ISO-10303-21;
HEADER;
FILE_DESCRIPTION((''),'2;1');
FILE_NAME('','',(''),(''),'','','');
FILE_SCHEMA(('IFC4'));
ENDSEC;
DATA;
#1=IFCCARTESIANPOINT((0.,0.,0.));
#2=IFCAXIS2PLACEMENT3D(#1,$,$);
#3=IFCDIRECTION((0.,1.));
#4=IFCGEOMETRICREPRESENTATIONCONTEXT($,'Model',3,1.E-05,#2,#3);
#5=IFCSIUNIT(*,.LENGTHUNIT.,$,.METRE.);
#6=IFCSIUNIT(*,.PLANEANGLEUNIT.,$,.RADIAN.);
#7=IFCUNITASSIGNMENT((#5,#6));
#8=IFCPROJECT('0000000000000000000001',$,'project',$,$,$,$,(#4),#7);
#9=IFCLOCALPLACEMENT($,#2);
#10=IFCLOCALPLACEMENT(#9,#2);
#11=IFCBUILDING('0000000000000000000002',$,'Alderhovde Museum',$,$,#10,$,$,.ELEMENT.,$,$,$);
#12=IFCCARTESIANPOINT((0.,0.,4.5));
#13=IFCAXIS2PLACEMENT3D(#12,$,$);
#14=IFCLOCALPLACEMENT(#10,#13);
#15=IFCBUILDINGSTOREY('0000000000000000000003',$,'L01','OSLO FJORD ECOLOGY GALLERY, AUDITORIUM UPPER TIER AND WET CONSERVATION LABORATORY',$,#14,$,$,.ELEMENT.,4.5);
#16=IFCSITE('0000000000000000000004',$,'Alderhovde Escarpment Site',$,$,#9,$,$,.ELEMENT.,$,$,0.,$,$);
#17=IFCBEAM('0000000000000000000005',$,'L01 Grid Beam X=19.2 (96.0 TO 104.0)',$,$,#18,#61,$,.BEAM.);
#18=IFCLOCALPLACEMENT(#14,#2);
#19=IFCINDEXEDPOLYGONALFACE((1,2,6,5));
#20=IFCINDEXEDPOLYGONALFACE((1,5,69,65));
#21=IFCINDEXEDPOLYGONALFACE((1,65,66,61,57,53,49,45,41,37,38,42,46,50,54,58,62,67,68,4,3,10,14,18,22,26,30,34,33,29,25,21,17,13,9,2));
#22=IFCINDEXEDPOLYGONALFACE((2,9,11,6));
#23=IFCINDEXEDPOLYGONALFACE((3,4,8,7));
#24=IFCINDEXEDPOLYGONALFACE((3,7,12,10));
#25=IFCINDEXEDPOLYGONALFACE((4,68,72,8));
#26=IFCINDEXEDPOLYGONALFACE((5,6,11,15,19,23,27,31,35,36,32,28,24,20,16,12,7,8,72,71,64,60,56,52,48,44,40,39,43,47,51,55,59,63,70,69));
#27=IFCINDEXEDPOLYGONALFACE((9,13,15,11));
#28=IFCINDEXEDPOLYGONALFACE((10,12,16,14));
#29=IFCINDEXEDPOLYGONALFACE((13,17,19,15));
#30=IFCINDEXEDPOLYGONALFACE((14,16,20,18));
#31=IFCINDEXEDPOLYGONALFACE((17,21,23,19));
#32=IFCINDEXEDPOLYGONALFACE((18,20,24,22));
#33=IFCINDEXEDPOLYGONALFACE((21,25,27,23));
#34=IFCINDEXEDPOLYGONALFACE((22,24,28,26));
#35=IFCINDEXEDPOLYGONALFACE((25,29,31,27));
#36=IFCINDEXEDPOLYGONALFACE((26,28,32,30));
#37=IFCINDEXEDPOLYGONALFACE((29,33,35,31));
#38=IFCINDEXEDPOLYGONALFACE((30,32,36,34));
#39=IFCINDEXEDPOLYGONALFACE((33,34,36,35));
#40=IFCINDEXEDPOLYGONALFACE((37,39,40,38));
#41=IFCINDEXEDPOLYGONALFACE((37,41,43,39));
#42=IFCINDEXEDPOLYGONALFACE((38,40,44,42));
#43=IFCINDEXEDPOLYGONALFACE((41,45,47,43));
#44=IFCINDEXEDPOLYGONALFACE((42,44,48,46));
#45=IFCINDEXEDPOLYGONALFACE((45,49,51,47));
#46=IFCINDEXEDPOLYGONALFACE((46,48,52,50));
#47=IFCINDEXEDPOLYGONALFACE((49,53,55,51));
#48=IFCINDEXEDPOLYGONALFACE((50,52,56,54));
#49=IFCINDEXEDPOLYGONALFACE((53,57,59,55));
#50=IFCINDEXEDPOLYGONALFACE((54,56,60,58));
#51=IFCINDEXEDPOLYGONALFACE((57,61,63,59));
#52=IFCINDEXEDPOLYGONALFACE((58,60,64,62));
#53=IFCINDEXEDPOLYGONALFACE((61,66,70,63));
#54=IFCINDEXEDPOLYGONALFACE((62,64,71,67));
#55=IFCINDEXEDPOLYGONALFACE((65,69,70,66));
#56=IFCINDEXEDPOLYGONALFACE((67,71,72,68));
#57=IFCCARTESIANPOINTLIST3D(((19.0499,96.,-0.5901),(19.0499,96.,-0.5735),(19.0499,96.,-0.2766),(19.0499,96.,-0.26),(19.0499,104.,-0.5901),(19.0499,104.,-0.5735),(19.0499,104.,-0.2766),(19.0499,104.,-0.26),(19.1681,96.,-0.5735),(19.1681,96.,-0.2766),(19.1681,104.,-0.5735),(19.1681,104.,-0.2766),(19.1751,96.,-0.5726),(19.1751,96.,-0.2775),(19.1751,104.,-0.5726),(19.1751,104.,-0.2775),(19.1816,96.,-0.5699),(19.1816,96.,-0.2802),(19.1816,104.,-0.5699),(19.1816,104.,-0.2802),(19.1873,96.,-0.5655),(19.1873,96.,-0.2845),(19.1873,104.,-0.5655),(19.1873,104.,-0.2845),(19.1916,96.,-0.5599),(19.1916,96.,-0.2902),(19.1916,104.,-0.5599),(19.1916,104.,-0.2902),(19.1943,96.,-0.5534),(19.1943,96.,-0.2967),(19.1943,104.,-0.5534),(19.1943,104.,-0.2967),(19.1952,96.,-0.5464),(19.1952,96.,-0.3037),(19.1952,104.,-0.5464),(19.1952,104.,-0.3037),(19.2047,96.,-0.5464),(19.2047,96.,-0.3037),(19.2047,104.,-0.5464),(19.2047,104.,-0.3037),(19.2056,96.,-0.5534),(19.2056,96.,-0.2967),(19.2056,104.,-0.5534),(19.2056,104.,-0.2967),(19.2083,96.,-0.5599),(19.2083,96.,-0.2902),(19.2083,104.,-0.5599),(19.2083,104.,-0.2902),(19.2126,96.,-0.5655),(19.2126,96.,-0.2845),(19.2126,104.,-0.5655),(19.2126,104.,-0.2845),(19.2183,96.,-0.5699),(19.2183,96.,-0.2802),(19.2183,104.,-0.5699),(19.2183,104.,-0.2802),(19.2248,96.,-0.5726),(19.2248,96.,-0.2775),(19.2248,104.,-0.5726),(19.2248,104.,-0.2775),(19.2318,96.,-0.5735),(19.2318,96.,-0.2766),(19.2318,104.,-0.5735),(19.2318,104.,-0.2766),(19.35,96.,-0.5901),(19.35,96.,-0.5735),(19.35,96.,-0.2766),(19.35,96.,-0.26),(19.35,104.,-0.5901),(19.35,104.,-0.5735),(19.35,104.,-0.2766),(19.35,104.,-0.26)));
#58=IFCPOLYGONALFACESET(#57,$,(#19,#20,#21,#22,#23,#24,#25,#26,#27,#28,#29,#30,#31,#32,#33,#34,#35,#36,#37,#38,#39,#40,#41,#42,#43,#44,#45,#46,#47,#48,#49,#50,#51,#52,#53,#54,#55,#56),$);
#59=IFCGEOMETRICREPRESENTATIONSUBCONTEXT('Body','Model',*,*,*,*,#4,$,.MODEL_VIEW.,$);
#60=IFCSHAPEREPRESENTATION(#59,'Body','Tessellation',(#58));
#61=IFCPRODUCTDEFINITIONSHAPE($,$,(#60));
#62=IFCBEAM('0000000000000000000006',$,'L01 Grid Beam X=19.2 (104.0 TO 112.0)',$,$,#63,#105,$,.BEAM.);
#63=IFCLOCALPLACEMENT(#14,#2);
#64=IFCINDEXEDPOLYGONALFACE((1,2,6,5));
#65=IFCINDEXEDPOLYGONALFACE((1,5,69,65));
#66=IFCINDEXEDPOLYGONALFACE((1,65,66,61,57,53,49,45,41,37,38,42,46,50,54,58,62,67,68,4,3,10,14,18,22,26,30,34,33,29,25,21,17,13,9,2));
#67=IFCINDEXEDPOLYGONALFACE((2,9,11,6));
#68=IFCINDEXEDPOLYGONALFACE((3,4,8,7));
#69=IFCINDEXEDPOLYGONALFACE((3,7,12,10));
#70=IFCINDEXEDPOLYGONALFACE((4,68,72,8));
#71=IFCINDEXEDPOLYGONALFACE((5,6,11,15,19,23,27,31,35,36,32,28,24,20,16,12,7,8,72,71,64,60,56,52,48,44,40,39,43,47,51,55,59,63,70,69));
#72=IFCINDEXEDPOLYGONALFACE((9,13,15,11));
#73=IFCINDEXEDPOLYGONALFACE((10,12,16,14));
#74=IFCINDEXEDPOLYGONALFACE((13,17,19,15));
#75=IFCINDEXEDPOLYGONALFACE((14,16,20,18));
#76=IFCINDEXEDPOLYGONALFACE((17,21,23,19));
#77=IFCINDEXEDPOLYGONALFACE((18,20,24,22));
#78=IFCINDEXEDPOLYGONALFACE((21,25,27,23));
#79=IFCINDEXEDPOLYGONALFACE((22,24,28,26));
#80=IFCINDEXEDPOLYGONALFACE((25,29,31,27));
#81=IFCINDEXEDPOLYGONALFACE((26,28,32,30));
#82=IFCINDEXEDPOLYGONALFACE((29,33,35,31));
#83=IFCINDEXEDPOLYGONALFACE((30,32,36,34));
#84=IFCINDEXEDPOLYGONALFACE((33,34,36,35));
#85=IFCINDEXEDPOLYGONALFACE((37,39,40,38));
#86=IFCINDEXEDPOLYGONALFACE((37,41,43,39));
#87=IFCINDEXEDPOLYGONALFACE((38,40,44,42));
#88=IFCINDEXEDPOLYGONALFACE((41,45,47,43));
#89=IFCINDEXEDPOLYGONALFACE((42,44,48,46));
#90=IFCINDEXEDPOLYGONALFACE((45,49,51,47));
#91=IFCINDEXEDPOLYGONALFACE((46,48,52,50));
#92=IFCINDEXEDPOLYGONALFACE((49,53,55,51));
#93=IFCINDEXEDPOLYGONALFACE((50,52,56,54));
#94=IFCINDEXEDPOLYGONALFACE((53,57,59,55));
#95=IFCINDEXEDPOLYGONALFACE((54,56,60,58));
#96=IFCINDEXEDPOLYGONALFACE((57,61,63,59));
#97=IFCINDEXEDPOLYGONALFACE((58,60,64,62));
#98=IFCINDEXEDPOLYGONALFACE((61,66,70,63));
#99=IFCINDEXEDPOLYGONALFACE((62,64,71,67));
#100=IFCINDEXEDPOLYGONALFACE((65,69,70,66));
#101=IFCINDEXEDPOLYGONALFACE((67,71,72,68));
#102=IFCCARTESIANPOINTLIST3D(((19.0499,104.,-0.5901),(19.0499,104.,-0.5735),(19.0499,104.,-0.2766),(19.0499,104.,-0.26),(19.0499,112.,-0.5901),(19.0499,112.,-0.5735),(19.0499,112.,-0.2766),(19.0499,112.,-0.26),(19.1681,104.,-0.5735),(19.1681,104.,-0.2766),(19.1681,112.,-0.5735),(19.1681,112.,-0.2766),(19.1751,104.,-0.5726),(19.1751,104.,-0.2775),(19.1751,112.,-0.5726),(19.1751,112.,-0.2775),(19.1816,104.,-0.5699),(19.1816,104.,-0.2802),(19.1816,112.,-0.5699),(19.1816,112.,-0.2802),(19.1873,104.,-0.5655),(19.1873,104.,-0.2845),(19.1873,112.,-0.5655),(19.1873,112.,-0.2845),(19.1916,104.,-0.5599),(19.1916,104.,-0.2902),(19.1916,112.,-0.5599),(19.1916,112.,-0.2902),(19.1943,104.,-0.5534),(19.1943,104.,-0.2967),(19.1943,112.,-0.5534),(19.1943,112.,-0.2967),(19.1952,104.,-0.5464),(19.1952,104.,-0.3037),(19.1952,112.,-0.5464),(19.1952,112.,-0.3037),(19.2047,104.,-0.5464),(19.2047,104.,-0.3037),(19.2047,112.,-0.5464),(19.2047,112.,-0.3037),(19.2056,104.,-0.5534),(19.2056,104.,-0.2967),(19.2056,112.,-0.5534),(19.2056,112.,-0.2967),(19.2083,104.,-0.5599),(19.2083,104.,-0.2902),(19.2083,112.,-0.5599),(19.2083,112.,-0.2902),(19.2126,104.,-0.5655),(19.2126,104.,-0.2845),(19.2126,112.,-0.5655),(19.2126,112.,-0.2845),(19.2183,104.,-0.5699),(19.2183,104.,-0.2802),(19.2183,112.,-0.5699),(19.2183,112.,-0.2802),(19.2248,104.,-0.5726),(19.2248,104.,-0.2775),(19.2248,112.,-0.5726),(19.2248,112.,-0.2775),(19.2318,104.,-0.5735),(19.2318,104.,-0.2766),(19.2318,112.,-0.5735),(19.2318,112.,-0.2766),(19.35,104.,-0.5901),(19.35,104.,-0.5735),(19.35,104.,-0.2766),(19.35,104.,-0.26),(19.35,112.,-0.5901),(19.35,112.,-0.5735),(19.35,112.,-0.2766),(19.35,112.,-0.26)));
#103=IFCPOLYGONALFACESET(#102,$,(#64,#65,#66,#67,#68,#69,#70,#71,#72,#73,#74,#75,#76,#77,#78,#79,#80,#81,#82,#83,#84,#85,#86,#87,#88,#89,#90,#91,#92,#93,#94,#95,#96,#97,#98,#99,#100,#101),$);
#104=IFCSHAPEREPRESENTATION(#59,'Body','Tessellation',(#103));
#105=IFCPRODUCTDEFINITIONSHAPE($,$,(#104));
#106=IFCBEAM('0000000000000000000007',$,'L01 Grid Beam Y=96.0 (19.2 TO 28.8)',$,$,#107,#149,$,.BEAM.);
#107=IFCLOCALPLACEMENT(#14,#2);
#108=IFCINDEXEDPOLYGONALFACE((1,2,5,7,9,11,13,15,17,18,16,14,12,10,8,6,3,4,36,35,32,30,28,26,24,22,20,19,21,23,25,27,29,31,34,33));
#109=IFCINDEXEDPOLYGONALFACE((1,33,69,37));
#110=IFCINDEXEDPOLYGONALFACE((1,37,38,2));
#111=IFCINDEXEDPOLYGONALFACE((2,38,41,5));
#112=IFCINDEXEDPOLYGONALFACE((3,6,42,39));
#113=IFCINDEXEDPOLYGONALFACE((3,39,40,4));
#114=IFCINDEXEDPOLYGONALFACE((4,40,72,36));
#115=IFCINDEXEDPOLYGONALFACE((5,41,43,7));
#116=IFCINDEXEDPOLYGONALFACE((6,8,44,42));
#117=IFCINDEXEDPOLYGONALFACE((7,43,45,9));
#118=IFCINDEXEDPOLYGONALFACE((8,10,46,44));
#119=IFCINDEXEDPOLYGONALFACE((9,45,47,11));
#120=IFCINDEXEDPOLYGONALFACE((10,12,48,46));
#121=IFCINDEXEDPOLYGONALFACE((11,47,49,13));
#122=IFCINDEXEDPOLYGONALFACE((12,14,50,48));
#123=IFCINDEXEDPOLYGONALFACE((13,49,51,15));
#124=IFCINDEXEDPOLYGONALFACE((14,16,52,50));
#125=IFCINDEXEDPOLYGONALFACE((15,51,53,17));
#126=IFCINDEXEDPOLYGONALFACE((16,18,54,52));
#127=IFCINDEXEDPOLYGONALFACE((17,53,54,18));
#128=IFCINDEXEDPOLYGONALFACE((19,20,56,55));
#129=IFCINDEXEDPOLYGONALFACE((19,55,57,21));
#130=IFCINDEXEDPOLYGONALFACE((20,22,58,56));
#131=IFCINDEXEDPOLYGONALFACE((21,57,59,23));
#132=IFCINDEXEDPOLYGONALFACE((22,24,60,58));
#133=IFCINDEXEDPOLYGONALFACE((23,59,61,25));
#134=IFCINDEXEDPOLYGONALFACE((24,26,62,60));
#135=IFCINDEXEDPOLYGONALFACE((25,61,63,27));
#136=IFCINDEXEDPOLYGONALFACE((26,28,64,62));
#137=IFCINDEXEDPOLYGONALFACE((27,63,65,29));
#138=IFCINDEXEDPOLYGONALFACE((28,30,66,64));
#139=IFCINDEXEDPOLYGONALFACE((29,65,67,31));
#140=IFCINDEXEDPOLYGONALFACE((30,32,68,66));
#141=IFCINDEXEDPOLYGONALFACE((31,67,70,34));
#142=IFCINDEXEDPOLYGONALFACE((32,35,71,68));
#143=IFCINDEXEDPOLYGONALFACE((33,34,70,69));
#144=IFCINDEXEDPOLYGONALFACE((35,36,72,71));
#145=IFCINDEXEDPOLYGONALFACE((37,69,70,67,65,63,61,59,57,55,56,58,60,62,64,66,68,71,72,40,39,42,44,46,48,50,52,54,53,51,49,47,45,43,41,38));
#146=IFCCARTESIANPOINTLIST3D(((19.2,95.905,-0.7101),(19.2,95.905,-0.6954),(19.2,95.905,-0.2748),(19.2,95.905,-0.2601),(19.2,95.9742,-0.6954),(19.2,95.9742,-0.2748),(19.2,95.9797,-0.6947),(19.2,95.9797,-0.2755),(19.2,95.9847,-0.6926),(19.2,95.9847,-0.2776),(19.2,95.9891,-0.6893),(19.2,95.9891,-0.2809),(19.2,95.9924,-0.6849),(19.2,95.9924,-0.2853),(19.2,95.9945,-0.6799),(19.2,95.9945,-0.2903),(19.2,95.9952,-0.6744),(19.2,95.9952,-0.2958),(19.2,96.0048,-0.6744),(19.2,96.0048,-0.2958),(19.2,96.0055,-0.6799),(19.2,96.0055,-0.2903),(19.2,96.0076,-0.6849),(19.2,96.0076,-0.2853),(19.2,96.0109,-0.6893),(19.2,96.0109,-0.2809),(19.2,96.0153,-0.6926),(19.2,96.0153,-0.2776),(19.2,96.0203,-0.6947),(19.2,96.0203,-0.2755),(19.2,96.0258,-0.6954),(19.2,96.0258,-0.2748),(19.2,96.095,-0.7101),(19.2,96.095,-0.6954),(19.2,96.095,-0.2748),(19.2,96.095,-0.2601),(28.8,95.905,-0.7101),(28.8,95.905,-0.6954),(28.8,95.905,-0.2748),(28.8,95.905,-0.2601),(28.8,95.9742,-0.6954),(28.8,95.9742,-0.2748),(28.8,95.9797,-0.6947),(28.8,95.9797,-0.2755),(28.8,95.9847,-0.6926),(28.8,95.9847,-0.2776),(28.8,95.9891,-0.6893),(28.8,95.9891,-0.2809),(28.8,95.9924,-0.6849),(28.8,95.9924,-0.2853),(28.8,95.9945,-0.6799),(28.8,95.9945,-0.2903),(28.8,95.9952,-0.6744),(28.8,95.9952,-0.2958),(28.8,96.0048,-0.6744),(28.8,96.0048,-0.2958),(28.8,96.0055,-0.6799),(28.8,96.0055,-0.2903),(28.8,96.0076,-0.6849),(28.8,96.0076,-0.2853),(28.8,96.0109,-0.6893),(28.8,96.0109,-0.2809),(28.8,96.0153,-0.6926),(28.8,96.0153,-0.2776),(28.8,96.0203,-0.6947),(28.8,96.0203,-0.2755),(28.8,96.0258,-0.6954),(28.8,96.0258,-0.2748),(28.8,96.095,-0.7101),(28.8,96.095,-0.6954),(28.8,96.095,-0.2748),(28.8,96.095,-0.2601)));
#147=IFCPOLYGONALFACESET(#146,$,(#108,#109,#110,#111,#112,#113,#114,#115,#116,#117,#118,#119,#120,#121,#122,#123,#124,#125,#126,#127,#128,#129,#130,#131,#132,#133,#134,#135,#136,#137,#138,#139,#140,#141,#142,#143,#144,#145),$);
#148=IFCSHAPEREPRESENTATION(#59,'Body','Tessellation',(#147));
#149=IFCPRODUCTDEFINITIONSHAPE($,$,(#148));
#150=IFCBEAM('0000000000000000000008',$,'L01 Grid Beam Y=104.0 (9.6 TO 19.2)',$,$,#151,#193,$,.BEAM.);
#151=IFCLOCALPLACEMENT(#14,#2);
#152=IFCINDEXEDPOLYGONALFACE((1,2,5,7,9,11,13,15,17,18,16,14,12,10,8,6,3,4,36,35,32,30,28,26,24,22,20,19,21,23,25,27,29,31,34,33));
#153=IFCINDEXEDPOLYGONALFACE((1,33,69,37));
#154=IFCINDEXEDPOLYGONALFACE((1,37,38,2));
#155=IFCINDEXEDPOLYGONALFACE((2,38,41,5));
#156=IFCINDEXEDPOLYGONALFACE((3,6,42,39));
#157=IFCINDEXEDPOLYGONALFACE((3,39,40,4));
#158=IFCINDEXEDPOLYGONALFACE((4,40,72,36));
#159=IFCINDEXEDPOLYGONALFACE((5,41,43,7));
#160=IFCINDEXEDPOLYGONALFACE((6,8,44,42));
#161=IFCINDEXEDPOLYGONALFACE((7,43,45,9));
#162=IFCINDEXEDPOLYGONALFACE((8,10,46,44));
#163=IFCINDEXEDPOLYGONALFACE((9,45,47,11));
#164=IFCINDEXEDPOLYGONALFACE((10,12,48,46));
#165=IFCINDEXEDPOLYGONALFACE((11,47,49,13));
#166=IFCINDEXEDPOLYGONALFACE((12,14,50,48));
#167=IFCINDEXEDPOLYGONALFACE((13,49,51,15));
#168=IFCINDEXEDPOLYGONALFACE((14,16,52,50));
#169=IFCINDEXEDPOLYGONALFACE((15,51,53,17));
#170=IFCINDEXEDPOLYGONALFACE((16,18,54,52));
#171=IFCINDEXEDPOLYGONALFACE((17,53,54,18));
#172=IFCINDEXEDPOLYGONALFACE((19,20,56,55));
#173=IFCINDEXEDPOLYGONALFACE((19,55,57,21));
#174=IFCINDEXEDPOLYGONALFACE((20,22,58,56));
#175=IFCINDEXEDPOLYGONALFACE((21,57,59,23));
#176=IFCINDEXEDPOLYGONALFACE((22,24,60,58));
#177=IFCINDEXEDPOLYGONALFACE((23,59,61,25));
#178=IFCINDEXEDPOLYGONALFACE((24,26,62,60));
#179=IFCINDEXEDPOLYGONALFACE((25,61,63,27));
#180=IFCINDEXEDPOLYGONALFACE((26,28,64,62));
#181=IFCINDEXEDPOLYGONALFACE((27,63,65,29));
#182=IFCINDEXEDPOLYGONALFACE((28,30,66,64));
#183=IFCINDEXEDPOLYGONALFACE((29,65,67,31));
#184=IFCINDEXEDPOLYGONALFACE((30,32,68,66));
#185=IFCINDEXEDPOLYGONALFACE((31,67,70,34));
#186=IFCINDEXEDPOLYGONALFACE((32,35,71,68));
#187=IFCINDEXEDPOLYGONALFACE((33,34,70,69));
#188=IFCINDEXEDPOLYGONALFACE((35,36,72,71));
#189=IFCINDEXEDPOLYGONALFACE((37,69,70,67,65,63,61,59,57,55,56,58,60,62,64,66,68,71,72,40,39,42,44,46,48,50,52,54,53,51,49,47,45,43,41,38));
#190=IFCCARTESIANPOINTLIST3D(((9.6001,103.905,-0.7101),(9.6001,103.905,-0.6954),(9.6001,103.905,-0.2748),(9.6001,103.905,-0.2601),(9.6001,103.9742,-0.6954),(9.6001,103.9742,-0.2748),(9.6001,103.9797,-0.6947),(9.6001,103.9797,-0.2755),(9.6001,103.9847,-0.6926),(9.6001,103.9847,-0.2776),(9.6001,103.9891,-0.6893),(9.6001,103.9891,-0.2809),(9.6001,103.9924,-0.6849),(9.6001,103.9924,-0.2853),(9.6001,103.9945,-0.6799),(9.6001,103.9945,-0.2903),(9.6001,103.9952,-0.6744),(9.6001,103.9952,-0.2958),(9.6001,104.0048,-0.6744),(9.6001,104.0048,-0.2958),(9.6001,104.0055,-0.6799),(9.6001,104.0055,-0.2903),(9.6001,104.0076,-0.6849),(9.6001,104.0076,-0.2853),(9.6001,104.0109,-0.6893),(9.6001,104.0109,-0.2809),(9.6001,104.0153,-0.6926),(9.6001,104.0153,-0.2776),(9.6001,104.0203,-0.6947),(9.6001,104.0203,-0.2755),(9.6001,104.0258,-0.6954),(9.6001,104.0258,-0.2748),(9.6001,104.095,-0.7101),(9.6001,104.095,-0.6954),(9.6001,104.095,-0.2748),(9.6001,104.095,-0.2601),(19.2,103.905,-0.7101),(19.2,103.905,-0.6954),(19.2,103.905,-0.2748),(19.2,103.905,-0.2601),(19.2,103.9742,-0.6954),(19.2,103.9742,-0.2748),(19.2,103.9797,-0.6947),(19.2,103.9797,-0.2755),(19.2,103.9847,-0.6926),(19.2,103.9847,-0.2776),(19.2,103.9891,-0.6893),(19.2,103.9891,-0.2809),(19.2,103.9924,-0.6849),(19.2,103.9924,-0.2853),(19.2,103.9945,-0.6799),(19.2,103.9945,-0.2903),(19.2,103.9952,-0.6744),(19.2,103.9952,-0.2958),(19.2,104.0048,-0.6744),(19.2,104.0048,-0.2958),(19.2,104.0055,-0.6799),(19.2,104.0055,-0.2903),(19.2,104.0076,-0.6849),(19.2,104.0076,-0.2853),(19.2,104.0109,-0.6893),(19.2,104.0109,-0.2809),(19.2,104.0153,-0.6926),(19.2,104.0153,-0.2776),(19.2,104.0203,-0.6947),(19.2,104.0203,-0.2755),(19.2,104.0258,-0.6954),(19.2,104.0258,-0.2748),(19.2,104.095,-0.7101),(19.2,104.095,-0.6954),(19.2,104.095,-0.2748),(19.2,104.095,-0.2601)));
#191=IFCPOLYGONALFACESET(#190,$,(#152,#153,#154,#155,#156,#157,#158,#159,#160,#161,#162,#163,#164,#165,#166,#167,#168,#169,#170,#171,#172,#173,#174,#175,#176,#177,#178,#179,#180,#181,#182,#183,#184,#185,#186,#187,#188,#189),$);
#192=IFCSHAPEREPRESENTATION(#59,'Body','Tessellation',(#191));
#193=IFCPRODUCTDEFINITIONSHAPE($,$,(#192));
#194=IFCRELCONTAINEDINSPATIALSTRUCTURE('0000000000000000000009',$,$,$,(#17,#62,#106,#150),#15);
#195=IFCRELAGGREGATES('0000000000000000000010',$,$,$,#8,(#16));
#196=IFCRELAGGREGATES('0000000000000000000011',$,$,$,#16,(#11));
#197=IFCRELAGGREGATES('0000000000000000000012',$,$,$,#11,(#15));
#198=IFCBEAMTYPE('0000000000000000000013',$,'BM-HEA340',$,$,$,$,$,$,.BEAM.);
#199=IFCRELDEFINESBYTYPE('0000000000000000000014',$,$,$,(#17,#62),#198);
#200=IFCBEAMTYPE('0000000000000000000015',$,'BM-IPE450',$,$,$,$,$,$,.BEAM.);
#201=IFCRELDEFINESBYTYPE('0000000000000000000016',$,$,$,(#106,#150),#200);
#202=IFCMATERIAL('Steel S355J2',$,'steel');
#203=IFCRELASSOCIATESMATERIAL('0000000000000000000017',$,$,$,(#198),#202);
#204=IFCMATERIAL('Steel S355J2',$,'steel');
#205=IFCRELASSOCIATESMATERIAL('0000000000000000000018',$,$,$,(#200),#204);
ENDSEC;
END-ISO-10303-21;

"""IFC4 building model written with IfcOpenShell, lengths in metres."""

from ifc_helpers import new_model, si_unit, direction, frame, origin, origin_2d, place, context, subcontext, project, spatial, i_section, extrude, material, material_profile, profile_set, type_object, element, save


model = new_model("IFC4")

# Units and contexts
model_context = context("Model", 3, precision=1e-05, world=origin(), true_north=direction((0.0, 1.0)))
body_context = subcontext(model_context, "Body", "Model", "MODEL_VIEW")
ifc_project = project(units=[si_unit("LENGTHUNIT", "METRE"), si_unit("PLANEANGLEUNIT", "RADIAN")], contexts=[model_context])

# Site, building, storey
site_placement = place(None, origin())
site = spatial("IfcSite", under=ifc_project, at=site_placement, Name="Alderhovde Escarpment Site", CompositionType="ELEMENT", RefElevation=0.0)
building_placement = place(site_placement, origin())
building = spatial("IfcBuilding", under=site, at=building_placement, Name="Alderhovde Museum", CompositionType="ELEMENT")
storey_placement = place(building_placement, frame((0.0, 0.0, 4.5)))
storey = spatial("IfcBuildingStorey", under=building, at=storey_placement, Name="L01", Description="OSLO FJORD ECOLOGY GALLERY, AUDITORIUM UPPER TIER AND WET CONSERVATION LABORATORY", CompositionType="ELEMENT", Elevation=4.5)

# Beams
ifc_material_1 = material(Name="Steel S355J2", Category="steel")
ifc_material_profile_1 = material_profile(ifc_material_1, i_section(OverallWidth=0.3, OverallDepth=0.3301, WebThickness=0.0095, FlangeThickness=0.0166, FilletRadius=0.0271, at=origin_2d()), Name="HEA 340")
ifc_profile_set_1 = profile_set([ifc_material_profile_1], Name="Steel S355J2")
beam_type_1 = type_object("IfcBeamType", Name="BM-HEA340", PredefinedType="BEAM", material=ifc_profile_set_1)
for number, where, z_axis, x_axis, name in (
    (1, (19.2, 96.0, -0.425), (0.0, 1.0, 0.0), (-1.0, 0.0, 0.0), "L01 Grid Beam X=19.2 (96.0 TO 104.0)"),
    (2, (19.2, 104.0, -0.425), (0.0, 1.0, 0.0), (-1.0, 0.0, 0.0), "L01 Grid Beam X=19.2 (104.0 TO 112.0)"),
):
    element("IfcBeam", number, at=place(storey_placement, frame(where, z_axis=z_axis, x_axis=x_axis)), inside=storey, type_object=beam_type_1, Name=name, PredefinedType="BEAM", context=body_context, shape_type="SweptSolid", body=[
        extrude(i_section(OverallWidth=0.3, OverallDepth=0.3301, WebThickness=0.0095, FlangeThickness=0.0166, FilletRadius=0.0271, at=origin_2d()), origin(), (0.0, 0.0, 1.0), 8.0),
    ])
ifc_material_2 = material(Name="Steel S355J2", Category="steel")
ifc_material_profile_2 = material_profile(ifc_material_2, i_section(OverallWidth=0.1899, OverallDepth=0.45, WebThickness=0.0095, FlangeThickness=0.0146, FilletRadius=0.021, at=origin_2d()), Name="IPE 450")
ifc_profile_set_2 = profile_set([ifc_material_profile_2], Name="Steel S355J2")
beam_type_2 = type_object("IfcBeamType", Name="BM-IPE450", PredefinedType="BEAM", material=ifc_profile_set_2)
beam_1_placement = place(storey_placement, frame((19.2, 96.0, -0.4851), z_axis=(1.0, 0.0, 0.0), x_axis=(0.0, 1.0, 0.0)))
element("IfcBeam", 3, at=beam_1_placement, inside=storey, type_object=beam_type_2, Name="L01 Grid Beam Y=96.0 (19.2 TO 28.8)", PredefinedType="BEAM", context=body_context, shape_type="SweptSolid", body=[
    extrude(i_section(OverallWidth=0.1899, OverallDepth=0.45, WebThickness=0.0095, FlangeThickness=0.0146, FilletRadius=0.021, at=origin_2d()), origin(), (0.0, 0.0, 1.0), 9.6001),
])
beam_2_placement = place(storey_placement, frame((9.6001, 104.0, -0.4851), z_axis=(1.0, 0.0, 0.0), x_axis=(0.0, 1.0, 0.0)))
element("IfcBeam", 4, at=beam_2_placement, inside=storey, type_object=beam_type_2, Name="L01 Grid Beam Y=104.0 (9.6 TO 19.2)", PredefinedType="BEAM", context=body_context, shape_type="SweptSolid", body=[
    extrude(i_section(OverallWidth=0.1899, OverallDepth=0.45, WebThickness=0.0095, FlangeThickness=0.0146, FilletRadius=0.021, at=origin_2d()), origin(), (0.0, 0.0, 1.0), 9.5999),
])

save(model, "model.ifc")
